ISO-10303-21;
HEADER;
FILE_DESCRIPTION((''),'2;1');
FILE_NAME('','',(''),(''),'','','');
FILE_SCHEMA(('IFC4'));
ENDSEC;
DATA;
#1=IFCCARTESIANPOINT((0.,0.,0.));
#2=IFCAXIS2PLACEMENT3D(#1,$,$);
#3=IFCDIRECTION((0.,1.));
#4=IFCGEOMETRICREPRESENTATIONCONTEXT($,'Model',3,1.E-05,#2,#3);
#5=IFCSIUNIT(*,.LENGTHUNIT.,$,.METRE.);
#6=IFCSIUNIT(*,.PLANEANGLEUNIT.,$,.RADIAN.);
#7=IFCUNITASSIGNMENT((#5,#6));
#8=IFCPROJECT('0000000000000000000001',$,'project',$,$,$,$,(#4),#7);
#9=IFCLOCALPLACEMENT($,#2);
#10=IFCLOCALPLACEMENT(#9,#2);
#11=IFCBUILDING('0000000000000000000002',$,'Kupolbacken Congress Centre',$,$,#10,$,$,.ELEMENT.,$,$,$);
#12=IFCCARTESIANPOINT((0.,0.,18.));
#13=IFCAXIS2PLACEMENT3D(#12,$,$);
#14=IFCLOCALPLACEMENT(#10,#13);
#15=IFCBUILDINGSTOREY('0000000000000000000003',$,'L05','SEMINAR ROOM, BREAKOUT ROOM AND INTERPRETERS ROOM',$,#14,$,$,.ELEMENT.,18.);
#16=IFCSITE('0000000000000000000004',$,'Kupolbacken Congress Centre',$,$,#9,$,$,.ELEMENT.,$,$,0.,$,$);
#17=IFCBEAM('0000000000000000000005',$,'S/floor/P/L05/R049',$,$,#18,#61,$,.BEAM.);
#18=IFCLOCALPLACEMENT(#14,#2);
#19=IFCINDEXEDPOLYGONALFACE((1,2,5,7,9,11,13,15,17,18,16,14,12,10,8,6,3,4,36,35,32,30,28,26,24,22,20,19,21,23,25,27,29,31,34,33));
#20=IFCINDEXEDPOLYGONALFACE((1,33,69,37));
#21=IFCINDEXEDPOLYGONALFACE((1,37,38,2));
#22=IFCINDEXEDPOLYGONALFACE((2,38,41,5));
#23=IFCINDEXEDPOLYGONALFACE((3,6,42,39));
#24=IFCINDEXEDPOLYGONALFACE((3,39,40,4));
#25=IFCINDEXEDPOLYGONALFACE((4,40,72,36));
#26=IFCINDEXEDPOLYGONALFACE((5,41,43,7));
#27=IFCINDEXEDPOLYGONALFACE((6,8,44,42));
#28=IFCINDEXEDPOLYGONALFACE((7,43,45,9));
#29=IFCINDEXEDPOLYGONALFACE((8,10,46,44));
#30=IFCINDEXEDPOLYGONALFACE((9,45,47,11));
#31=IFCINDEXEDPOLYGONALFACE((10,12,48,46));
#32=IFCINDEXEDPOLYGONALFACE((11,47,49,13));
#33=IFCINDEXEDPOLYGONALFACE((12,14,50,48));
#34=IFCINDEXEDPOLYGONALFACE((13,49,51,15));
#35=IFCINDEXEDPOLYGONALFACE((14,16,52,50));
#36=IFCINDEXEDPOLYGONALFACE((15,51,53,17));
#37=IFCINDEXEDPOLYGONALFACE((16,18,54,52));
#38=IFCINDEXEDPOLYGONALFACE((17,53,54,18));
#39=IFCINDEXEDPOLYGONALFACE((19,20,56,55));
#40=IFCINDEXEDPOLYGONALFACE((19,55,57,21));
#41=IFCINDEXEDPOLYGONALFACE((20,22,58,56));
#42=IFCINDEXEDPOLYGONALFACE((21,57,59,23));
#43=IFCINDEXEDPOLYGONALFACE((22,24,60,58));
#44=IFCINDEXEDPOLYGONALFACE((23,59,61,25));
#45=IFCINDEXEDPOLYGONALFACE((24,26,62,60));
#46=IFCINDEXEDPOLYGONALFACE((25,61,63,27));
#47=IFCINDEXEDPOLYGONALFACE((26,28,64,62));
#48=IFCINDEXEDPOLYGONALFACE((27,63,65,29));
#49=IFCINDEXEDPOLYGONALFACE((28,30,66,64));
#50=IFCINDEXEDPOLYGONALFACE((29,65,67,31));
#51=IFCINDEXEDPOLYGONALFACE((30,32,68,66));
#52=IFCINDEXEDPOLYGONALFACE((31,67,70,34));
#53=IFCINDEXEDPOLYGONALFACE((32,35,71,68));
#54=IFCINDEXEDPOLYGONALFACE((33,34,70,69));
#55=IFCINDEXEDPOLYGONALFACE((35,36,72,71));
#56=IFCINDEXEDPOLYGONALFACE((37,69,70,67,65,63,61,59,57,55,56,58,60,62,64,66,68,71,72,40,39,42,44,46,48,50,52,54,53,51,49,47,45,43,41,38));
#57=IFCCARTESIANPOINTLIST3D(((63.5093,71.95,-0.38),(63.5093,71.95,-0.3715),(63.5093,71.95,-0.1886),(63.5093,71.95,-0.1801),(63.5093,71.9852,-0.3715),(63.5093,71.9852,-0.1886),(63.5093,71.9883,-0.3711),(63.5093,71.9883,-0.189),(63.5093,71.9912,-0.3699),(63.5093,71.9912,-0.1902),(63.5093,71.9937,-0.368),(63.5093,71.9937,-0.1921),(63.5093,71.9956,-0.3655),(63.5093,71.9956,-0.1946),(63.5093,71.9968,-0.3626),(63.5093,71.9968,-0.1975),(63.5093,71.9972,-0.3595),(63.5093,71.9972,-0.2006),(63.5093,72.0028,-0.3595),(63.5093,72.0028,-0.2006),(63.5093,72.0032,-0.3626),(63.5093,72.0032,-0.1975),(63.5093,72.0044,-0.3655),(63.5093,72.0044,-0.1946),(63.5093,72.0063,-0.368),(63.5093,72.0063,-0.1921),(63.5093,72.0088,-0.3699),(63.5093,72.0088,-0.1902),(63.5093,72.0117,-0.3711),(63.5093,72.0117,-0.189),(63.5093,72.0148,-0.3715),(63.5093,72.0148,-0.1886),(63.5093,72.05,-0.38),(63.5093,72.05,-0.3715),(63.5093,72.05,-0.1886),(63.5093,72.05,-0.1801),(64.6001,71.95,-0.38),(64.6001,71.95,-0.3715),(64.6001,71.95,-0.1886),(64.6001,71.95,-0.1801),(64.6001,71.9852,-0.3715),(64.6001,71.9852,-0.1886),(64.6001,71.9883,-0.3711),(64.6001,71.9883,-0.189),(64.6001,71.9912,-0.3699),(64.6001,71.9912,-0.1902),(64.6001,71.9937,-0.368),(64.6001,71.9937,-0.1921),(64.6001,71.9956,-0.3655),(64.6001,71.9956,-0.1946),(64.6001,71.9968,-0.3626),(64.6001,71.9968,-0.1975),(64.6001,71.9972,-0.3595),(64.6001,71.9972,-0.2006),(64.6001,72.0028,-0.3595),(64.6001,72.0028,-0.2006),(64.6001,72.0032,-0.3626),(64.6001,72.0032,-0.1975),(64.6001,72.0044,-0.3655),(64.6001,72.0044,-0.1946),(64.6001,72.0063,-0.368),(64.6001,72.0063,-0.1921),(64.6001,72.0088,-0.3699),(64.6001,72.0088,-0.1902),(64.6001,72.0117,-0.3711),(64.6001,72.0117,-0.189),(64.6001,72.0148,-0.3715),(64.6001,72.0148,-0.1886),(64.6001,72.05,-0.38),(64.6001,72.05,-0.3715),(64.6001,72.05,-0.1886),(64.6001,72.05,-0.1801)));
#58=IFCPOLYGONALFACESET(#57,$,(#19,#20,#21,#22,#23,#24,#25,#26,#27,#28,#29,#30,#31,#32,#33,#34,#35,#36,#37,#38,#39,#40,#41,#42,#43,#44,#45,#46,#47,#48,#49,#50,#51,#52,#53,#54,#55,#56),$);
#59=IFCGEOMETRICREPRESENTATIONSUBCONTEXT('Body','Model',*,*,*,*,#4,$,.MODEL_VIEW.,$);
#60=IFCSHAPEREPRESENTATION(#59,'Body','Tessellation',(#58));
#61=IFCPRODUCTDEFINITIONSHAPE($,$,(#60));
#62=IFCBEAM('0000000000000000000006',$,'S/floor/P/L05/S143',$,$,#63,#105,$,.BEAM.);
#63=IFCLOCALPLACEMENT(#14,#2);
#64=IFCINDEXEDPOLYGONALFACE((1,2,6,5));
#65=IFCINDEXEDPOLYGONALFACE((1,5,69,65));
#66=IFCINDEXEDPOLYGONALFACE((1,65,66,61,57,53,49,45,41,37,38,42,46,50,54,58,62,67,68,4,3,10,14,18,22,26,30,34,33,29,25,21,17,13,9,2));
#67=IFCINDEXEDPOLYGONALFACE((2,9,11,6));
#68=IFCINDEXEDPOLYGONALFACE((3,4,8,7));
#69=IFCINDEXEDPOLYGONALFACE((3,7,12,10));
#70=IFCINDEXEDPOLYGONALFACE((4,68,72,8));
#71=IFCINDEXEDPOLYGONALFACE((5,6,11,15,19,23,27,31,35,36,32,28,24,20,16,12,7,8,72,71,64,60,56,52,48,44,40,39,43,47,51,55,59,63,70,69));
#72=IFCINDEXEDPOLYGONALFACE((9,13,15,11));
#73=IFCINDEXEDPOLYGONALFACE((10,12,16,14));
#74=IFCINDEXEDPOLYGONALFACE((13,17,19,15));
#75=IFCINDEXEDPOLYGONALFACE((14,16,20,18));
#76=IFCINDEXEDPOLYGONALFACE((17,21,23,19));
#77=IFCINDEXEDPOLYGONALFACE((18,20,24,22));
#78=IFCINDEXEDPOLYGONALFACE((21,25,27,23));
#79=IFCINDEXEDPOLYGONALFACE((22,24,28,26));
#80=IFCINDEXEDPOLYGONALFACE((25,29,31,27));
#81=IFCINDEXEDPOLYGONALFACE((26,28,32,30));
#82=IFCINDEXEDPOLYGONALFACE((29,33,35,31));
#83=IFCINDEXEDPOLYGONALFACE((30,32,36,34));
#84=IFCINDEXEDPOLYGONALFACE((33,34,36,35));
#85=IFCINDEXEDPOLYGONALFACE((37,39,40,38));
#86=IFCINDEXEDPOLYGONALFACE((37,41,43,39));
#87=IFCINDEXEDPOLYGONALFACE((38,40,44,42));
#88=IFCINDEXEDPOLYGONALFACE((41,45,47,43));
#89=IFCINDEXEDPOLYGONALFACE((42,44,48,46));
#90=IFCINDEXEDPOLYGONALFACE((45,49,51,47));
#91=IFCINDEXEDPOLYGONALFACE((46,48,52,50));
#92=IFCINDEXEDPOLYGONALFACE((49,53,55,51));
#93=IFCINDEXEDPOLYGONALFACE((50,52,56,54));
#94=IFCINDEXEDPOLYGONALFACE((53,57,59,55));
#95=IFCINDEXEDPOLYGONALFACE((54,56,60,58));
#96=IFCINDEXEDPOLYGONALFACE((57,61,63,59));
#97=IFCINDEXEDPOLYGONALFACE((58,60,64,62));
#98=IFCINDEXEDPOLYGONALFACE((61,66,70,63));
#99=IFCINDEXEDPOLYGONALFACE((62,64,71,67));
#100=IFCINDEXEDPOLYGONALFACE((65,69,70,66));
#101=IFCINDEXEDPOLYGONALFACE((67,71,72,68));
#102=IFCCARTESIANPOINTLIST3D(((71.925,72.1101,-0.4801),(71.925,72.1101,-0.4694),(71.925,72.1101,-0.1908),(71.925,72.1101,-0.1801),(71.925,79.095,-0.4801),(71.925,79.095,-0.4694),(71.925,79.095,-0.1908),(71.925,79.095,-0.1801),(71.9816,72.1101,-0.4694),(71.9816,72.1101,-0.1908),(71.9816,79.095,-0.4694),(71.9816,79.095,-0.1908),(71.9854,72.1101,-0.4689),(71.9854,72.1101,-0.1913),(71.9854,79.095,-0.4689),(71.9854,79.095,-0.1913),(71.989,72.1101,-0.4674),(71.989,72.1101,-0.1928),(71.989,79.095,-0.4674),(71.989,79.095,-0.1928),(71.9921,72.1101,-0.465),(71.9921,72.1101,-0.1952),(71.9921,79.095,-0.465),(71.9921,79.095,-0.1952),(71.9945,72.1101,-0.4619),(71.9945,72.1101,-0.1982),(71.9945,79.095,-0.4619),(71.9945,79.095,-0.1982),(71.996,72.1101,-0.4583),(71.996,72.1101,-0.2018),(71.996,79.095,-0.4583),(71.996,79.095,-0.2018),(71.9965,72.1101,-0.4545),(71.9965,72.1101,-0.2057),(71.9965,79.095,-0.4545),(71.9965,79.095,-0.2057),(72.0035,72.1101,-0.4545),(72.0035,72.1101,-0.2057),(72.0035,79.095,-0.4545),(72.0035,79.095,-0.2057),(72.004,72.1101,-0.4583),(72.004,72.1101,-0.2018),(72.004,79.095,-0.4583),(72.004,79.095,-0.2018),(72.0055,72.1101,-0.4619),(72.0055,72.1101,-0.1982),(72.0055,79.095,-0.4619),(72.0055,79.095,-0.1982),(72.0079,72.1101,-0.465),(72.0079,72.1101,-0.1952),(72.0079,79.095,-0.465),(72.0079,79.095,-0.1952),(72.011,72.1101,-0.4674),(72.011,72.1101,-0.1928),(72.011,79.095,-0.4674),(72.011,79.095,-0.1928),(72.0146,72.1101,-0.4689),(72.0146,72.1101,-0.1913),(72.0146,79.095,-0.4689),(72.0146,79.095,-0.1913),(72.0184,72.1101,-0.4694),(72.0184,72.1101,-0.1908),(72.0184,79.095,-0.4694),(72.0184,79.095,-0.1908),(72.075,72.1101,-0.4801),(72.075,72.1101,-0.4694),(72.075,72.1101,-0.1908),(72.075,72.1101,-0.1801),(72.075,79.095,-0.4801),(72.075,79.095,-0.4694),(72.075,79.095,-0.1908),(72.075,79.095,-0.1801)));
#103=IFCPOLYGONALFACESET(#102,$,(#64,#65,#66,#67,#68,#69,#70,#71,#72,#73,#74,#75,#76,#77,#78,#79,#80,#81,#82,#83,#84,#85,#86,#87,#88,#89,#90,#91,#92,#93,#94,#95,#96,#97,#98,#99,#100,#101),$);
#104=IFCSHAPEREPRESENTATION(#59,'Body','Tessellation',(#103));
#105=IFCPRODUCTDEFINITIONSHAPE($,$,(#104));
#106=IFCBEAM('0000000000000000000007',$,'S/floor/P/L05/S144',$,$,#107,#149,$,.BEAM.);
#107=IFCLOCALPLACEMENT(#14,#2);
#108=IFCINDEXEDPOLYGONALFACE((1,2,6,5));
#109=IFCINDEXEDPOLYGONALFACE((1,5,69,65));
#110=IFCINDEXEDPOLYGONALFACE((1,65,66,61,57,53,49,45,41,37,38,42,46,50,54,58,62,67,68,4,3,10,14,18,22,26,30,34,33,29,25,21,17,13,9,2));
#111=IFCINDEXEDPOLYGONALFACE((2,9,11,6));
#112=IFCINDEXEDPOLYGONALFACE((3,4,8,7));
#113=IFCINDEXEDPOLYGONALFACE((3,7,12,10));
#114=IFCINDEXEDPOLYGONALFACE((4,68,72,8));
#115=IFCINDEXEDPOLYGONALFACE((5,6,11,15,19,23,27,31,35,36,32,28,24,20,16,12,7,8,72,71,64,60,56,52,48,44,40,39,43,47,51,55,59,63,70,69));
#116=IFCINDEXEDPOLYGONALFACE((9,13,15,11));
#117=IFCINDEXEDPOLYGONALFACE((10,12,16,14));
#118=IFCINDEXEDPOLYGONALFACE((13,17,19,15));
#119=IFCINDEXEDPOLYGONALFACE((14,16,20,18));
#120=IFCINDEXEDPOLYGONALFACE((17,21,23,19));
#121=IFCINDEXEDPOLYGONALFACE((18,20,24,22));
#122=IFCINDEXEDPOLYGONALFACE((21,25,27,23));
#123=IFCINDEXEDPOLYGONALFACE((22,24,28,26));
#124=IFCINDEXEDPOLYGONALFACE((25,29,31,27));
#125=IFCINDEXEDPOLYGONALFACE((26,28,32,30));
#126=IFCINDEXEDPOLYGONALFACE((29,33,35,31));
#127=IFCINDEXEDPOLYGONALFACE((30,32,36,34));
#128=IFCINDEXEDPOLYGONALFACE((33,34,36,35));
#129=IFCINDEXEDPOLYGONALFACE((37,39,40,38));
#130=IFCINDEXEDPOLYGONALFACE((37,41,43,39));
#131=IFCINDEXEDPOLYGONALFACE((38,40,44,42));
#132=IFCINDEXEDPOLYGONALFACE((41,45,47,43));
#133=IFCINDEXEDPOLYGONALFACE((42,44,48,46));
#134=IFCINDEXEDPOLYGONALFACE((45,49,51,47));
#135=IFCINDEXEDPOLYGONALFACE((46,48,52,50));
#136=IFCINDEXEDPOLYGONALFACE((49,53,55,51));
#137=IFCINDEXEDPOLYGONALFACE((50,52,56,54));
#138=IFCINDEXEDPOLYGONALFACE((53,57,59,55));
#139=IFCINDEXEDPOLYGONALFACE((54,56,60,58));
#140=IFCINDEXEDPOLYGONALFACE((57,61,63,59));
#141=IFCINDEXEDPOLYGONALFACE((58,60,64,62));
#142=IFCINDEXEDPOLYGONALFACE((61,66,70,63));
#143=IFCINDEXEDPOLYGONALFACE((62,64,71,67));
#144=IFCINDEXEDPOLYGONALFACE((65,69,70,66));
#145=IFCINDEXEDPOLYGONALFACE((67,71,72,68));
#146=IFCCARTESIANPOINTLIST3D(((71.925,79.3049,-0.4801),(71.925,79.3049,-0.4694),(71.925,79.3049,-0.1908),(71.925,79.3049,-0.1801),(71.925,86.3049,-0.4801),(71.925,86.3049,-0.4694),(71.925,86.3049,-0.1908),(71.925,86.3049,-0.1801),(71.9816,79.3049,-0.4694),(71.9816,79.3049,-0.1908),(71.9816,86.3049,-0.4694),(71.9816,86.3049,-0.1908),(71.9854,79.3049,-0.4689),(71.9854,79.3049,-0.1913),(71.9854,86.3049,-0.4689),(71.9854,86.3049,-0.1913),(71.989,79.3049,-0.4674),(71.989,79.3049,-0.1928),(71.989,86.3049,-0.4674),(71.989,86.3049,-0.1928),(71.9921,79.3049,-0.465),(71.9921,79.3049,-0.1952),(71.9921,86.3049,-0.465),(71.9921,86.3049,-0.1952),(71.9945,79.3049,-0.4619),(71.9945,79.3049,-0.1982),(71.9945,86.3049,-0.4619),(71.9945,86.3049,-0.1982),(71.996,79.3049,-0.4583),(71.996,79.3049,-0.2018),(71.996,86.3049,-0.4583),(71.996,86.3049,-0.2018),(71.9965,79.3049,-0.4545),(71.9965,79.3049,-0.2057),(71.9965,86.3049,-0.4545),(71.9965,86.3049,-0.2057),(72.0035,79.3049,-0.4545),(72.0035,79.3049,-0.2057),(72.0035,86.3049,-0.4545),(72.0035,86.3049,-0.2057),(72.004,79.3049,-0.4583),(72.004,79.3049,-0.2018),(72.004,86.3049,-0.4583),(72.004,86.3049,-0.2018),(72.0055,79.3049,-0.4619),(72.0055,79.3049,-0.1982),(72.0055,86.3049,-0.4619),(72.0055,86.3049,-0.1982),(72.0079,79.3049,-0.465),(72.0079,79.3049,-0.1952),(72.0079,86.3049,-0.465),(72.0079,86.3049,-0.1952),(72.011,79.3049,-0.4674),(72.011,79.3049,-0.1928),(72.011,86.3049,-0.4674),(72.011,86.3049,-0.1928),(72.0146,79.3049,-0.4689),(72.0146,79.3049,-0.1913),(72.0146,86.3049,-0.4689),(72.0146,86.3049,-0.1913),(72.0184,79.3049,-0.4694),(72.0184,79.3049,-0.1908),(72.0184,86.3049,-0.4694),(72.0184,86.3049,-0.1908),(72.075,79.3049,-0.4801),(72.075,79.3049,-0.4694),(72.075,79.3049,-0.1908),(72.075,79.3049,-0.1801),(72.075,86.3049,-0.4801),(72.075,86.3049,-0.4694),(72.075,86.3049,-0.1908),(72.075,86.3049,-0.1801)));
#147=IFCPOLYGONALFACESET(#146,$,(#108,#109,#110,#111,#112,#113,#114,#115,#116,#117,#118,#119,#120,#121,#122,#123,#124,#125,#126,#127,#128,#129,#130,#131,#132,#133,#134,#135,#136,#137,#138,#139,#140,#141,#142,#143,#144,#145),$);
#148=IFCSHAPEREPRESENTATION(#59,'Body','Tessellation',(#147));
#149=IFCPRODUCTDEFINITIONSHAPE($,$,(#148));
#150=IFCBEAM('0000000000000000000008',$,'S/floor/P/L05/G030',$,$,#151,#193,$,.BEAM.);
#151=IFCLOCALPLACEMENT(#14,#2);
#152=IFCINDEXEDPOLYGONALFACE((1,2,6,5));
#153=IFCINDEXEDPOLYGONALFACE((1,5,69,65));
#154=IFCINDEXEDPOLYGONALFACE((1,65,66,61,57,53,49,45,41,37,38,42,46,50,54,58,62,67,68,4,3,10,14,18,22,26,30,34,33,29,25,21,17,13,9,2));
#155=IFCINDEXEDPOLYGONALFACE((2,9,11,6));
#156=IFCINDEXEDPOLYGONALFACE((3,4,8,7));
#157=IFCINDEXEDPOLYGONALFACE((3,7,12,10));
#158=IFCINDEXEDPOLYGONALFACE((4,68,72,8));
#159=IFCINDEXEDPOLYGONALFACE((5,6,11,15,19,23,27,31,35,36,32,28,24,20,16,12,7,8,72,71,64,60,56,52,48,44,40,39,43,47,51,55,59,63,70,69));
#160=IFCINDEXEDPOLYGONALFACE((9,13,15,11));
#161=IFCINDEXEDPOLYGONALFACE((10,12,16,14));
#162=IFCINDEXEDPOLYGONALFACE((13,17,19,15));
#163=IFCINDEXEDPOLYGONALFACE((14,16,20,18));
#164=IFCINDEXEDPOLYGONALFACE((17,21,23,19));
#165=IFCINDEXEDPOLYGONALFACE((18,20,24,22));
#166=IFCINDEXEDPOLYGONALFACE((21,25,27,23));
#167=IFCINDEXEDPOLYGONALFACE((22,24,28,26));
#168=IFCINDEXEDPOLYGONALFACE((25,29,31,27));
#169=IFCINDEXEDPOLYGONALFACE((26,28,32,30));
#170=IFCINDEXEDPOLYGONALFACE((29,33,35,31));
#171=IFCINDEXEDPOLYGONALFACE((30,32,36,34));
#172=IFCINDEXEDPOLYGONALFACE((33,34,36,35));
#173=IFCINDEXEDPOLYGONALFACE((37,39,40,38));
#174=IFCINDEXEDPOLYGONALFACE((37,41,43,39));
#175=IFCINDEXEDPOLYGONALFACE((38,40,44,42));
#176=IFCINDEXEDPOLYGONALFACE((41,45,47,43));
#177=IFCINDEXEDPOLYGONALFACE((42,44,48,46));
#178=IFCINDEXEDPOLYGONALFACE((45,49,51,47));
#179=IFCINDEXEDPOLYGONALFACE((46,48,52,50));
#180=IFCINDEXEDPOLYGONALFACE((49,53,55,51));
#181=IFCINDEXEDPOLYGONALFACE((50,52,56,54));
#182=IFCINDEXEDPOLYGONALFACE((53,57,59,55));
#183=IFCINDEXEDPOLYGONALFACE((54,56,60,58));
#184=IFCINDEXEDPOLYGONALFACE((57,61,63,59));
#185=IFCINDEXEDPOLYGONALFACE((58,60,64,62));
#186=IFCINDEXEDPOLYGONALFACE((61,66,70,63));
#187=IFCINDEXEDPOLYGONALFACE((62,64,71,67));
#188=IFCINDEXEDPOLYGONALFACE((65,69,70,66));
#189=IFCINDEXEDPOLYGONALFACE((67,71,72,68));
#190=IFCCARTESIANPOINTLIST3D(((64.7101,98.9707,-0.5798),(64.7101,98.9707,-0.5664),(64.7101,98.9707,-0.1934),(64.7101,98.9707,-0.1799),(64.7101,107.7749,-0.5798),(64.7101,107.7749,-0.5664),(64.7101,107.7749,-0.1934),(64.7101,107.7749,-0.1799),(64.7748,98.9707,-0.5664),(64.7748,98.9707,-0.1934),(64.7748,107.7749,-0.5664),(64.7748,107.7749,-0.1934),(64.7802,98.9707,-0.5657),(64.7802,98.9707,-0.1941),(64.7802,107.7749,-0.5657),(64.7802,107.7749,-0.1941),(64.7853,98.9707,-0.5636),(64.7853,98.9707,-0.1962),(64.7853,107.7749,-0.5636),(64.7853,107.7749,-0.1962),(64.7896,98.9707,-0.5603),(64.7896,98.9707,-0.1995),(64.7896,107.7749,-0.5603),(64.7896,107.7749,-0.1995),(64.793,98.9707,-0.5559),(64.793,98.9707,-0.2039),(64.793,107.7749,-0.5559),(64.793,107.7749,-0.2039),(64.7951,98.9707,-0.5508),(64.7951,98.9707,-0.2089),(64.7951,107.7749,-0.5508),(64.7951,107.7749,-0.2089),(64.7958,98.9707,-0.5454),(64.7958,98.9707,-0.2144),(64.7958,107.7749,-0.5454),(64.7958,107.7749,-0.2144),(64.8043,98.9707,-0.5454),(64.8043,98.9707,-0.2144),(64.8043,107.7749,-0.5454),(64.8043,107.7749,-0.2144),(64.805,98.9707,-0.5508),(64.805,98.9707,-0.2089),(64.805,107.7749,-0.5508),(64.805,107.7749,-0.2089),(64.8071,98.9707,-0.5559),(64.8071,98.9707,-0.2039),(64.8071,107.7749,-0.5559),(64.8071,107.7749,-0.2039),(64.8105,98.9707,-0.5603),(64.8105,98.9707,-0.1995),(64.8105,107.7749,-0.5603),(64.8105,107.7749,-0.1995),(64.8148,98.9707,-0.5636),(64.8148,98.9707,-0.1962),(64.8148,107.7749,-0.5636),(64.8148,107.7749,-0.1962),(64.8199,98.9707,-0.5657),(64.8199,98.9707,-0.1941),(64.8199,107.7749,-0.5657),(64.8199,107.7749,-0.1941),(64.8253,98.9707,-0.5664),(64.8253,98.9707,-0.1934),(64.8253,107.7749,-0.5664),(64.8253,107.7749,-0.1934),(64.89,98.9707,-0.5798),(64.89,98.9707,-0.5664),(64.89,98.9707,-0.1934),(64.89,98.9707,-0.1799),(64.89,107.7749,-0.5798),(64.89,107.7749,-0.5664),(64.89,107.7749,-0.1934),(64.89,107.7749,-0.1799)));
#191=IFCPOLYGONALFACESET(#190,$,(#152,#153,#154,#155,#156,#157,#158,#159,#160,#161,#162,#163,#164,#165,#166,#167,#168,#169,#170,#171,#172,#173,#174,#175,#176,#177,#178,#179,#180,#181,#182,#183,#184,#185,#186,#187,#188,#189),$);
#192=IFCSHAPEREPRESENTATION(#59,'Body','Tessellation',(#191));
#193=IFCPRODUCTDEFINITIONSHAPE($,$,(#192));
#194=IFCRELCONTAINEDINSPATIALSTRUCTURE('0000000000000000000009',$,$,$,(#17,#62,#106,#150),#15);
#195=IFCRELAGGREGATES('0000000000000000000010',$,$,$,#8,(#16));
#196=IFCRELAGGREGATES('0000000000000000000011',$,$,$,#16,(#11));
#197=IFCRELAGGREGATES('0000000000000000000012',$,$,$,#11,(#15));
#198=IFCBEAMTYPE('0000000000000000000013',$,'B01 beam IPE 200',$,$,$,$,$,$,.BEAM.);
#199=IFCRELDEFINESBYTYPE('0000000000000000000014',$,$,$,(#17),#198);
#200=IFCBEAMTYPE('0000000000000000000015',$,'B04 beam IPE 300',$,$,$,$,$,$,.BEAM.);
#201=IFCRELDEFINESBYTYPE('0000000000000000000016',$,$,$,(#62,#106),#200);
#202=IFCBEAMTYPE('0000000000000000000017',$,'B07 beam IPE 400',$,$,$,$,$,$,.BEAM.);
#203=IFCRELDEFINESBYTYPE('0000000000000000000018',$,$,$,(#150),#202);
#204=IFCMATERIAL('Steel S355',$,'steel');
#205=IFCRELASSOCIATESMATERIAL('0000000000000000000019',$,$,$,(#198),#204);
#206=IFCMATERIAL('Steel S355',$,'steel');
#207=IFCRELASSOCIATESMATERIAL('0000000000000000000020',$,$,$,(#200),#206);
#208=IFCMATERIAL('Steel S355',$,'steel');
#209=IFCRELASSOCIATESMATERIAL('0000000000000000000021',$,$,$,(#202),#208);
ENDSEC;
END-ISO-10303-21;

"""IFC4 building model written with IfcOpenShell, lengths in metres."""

from ifc_helpers import new_model, si_unit, direction, frame, origin, origin_2d, place, context, subcontext, project, spatial, i_section, extrude, material, material_profile, profile_set, type_object, element, save


model = new_model("IFC4")

# Units and contexts
model_context = context("Model", 3, precision=1e-05, world=origin(), true_north=direction((0.0, 1.0)))
body_context = subcontext(model_context, "Body", "Model", "MODEL_VIEW")
ifc_project = project(units=[si_unit("LENGTHUNIT", "METRE"), si_unit("PLANEANGLEUNIT", "RADIAN")], contexts=[model_context])

# Site, building, storey
site_placement = place(None, origin())
site = spatial("IfcSite", under=ifc_project, at=site_placement, Name="Kupolbacken Congress Centre", CompositionType="ELEMENT", RefElevation=0.0)
building_placement = place(site_placement, origin())
building = spatial("IfcBuilding", under=site, at=building_placement, Name="Kupolbacken Congress Centre", CompositionType="ELEMENT")
storey_placement = place(building_placement, frame((0.0, 0.0, 18.0)))
storey = spatial("IfcBuildingStorey", under=building, at=storey_placement, Name="L05", Description="SEMINAR ROOM, BREAKOUT ROOM AND INTERPRETERS ROOM", CompositionType="ELEMENT", Elevation=18.0)

# Beams
ifc_material_1 = material(Name="Steel S355", Category="steel")
ifc_material_profile_1 = material_profile(ifc_material_1, i_section(OverallWidth=0.1001, OverallDepth=0.2, WebThickness=0.0056, FlangeThickness=0.0085, FilletRadius=0.012, at=origin_2d()), Name="IPE 200")
ifc_profile_set_1 = profile_set([ifc_material_profile_1], Name="Steel S355")
beam_type_1 = type_object("IfcBeamType", Name="B01 beam IPE 200", PredefinedType="BEAM", material=ifc_profile_set_1)
beam_1_placement = place(storey_placement, frame((63.5093, 72.0, -0.28), z_axis=(1.0, 0.0, 0.0), x_axis=(0.0, 1.0, 0.0)))
element("IfcBeam", 1, at=beam_1_placement, inside=storey, type_object=beam_type_1, Name="S/floor/P/L05/R049", PredefinedType="BEAM", context=body_context, shape_type="SweptSolid", body=[
    extrude(i_section(OverallWidth=0.1001, OverallDepth=0.2, WebThickness=0.0056, FlangeThickness=0.0085, FilletRadius=0.012, at=origin_2d()), origin(), (0.0, 0.0, 1.0), 1.0908),
])
ifc_material_2 = material(Name="Steel S355", Category="steel")
ifc_material_profile_2 = material_profile(ifc_material_2, i_section(OverallWidth=0.1499, OverallDepth=0.3, WebThickness=0.0071, FlangeThickness=0.0107, FilletRadius=0.0149, at=origin_2d()), Name="IPE 300")
ifc_profile_set_2 = profile_set([ifc_material_profile_2], Name="Steel S355")
beam_type_2 = type_object("IfcBeamType", Name="B04 beam IPE 300", PredefinedType="BEAM", material=ifc_profile_set_2)
beam_2_placement = place(storey_placement, frame((72.0, 72.1101, -0.3301), z_axis=(0.0, 1.0, 0.0), x_axis=(-1.0, 0.0, 0.0)))
element("IfcBeam", 2, at=beam_2_placement, inside=storey, type_object=beam_type_2, Name="S/floor/P/L05/S143", PredefinedType="BEAM", context=body_context, shape_type="SweptSolid", body=[
    extrude(i_section(OverallWidth=0.1499, OverallDepth=0.3, WebThickness=0.0071, FlangeThickness=0.0107, FilletRadius=0.0149, at=origin_2d()), origin(), (0.0, 0.0, 1.0), 6.9849),
])
beam_3_placement = place(storey_placement, frame((72.0, 79.3049, -0.3301), z_axis=(0.0, 1.0, 0.0), x_axis=(-1.0, 0.0, 0.0)))
element("IfcBeam", 3, at=beam_3_placement, inside=storey, type_object=beam_type_2, Name="S/floor/P/L05/S144", PredefinedType="BEAM", context=body_context, shape_type="SweptSolid", body=[
    extrude(i_section(OverallWidth=0.1499, OverallDepth=0.3, WebThickness=0.0071, FlangeThickness=0.0107, FilletRadius=0.0149, at=origin_2d()), origin(), (0.0, 0.0, 1.0), 7.0),
])
ifc_material_3 = material(Name="Steel S355", Category="steel")
ifc_material_profile_3 = material_profile(ifc_material_3, i_section(OverallWidth=0.1799, OverallDepth=0.3999, WebThickness=0.0085, FlangeThickness=0.0134, FilletRadius=0.021, at=origin_2d()), Name="IPE 400")
ifc_profile_set_3 = profile_set([ifc_material_profile_3], Name="Steel S355")
beam_type_3 = type_object("IfcBeamType", Name="B07 beam IPE 400", PredefinedType="BEAM", material=ifc_profile_set_3)
beam_4_placement = place(storey_placement, frame((64.8, 98.9707, -0.3799), z_axis=(0.0, 1.0, 0.0), x_axis=(-1.0, 0.0, 0.0)))
element("IfcBeam", 4, at=beam_4_placement, inside=storey, type_object=beam_type_3, Name="S/floor/P/L05/G030", PredefinedType="BEAM", context=body_context, shape_type="SweptSolid", body=[
    extrude(i_section(OverallWidth=0.1799, OverallDepth=0.3999, WebThickness=0.0085, FlangeThickness=0.0134, FilletRadius=0.021, at=origin_2d()), origin(), (0.0, 0.0, 1.0), 8.8042),
])

save(model, "model.ifc")
